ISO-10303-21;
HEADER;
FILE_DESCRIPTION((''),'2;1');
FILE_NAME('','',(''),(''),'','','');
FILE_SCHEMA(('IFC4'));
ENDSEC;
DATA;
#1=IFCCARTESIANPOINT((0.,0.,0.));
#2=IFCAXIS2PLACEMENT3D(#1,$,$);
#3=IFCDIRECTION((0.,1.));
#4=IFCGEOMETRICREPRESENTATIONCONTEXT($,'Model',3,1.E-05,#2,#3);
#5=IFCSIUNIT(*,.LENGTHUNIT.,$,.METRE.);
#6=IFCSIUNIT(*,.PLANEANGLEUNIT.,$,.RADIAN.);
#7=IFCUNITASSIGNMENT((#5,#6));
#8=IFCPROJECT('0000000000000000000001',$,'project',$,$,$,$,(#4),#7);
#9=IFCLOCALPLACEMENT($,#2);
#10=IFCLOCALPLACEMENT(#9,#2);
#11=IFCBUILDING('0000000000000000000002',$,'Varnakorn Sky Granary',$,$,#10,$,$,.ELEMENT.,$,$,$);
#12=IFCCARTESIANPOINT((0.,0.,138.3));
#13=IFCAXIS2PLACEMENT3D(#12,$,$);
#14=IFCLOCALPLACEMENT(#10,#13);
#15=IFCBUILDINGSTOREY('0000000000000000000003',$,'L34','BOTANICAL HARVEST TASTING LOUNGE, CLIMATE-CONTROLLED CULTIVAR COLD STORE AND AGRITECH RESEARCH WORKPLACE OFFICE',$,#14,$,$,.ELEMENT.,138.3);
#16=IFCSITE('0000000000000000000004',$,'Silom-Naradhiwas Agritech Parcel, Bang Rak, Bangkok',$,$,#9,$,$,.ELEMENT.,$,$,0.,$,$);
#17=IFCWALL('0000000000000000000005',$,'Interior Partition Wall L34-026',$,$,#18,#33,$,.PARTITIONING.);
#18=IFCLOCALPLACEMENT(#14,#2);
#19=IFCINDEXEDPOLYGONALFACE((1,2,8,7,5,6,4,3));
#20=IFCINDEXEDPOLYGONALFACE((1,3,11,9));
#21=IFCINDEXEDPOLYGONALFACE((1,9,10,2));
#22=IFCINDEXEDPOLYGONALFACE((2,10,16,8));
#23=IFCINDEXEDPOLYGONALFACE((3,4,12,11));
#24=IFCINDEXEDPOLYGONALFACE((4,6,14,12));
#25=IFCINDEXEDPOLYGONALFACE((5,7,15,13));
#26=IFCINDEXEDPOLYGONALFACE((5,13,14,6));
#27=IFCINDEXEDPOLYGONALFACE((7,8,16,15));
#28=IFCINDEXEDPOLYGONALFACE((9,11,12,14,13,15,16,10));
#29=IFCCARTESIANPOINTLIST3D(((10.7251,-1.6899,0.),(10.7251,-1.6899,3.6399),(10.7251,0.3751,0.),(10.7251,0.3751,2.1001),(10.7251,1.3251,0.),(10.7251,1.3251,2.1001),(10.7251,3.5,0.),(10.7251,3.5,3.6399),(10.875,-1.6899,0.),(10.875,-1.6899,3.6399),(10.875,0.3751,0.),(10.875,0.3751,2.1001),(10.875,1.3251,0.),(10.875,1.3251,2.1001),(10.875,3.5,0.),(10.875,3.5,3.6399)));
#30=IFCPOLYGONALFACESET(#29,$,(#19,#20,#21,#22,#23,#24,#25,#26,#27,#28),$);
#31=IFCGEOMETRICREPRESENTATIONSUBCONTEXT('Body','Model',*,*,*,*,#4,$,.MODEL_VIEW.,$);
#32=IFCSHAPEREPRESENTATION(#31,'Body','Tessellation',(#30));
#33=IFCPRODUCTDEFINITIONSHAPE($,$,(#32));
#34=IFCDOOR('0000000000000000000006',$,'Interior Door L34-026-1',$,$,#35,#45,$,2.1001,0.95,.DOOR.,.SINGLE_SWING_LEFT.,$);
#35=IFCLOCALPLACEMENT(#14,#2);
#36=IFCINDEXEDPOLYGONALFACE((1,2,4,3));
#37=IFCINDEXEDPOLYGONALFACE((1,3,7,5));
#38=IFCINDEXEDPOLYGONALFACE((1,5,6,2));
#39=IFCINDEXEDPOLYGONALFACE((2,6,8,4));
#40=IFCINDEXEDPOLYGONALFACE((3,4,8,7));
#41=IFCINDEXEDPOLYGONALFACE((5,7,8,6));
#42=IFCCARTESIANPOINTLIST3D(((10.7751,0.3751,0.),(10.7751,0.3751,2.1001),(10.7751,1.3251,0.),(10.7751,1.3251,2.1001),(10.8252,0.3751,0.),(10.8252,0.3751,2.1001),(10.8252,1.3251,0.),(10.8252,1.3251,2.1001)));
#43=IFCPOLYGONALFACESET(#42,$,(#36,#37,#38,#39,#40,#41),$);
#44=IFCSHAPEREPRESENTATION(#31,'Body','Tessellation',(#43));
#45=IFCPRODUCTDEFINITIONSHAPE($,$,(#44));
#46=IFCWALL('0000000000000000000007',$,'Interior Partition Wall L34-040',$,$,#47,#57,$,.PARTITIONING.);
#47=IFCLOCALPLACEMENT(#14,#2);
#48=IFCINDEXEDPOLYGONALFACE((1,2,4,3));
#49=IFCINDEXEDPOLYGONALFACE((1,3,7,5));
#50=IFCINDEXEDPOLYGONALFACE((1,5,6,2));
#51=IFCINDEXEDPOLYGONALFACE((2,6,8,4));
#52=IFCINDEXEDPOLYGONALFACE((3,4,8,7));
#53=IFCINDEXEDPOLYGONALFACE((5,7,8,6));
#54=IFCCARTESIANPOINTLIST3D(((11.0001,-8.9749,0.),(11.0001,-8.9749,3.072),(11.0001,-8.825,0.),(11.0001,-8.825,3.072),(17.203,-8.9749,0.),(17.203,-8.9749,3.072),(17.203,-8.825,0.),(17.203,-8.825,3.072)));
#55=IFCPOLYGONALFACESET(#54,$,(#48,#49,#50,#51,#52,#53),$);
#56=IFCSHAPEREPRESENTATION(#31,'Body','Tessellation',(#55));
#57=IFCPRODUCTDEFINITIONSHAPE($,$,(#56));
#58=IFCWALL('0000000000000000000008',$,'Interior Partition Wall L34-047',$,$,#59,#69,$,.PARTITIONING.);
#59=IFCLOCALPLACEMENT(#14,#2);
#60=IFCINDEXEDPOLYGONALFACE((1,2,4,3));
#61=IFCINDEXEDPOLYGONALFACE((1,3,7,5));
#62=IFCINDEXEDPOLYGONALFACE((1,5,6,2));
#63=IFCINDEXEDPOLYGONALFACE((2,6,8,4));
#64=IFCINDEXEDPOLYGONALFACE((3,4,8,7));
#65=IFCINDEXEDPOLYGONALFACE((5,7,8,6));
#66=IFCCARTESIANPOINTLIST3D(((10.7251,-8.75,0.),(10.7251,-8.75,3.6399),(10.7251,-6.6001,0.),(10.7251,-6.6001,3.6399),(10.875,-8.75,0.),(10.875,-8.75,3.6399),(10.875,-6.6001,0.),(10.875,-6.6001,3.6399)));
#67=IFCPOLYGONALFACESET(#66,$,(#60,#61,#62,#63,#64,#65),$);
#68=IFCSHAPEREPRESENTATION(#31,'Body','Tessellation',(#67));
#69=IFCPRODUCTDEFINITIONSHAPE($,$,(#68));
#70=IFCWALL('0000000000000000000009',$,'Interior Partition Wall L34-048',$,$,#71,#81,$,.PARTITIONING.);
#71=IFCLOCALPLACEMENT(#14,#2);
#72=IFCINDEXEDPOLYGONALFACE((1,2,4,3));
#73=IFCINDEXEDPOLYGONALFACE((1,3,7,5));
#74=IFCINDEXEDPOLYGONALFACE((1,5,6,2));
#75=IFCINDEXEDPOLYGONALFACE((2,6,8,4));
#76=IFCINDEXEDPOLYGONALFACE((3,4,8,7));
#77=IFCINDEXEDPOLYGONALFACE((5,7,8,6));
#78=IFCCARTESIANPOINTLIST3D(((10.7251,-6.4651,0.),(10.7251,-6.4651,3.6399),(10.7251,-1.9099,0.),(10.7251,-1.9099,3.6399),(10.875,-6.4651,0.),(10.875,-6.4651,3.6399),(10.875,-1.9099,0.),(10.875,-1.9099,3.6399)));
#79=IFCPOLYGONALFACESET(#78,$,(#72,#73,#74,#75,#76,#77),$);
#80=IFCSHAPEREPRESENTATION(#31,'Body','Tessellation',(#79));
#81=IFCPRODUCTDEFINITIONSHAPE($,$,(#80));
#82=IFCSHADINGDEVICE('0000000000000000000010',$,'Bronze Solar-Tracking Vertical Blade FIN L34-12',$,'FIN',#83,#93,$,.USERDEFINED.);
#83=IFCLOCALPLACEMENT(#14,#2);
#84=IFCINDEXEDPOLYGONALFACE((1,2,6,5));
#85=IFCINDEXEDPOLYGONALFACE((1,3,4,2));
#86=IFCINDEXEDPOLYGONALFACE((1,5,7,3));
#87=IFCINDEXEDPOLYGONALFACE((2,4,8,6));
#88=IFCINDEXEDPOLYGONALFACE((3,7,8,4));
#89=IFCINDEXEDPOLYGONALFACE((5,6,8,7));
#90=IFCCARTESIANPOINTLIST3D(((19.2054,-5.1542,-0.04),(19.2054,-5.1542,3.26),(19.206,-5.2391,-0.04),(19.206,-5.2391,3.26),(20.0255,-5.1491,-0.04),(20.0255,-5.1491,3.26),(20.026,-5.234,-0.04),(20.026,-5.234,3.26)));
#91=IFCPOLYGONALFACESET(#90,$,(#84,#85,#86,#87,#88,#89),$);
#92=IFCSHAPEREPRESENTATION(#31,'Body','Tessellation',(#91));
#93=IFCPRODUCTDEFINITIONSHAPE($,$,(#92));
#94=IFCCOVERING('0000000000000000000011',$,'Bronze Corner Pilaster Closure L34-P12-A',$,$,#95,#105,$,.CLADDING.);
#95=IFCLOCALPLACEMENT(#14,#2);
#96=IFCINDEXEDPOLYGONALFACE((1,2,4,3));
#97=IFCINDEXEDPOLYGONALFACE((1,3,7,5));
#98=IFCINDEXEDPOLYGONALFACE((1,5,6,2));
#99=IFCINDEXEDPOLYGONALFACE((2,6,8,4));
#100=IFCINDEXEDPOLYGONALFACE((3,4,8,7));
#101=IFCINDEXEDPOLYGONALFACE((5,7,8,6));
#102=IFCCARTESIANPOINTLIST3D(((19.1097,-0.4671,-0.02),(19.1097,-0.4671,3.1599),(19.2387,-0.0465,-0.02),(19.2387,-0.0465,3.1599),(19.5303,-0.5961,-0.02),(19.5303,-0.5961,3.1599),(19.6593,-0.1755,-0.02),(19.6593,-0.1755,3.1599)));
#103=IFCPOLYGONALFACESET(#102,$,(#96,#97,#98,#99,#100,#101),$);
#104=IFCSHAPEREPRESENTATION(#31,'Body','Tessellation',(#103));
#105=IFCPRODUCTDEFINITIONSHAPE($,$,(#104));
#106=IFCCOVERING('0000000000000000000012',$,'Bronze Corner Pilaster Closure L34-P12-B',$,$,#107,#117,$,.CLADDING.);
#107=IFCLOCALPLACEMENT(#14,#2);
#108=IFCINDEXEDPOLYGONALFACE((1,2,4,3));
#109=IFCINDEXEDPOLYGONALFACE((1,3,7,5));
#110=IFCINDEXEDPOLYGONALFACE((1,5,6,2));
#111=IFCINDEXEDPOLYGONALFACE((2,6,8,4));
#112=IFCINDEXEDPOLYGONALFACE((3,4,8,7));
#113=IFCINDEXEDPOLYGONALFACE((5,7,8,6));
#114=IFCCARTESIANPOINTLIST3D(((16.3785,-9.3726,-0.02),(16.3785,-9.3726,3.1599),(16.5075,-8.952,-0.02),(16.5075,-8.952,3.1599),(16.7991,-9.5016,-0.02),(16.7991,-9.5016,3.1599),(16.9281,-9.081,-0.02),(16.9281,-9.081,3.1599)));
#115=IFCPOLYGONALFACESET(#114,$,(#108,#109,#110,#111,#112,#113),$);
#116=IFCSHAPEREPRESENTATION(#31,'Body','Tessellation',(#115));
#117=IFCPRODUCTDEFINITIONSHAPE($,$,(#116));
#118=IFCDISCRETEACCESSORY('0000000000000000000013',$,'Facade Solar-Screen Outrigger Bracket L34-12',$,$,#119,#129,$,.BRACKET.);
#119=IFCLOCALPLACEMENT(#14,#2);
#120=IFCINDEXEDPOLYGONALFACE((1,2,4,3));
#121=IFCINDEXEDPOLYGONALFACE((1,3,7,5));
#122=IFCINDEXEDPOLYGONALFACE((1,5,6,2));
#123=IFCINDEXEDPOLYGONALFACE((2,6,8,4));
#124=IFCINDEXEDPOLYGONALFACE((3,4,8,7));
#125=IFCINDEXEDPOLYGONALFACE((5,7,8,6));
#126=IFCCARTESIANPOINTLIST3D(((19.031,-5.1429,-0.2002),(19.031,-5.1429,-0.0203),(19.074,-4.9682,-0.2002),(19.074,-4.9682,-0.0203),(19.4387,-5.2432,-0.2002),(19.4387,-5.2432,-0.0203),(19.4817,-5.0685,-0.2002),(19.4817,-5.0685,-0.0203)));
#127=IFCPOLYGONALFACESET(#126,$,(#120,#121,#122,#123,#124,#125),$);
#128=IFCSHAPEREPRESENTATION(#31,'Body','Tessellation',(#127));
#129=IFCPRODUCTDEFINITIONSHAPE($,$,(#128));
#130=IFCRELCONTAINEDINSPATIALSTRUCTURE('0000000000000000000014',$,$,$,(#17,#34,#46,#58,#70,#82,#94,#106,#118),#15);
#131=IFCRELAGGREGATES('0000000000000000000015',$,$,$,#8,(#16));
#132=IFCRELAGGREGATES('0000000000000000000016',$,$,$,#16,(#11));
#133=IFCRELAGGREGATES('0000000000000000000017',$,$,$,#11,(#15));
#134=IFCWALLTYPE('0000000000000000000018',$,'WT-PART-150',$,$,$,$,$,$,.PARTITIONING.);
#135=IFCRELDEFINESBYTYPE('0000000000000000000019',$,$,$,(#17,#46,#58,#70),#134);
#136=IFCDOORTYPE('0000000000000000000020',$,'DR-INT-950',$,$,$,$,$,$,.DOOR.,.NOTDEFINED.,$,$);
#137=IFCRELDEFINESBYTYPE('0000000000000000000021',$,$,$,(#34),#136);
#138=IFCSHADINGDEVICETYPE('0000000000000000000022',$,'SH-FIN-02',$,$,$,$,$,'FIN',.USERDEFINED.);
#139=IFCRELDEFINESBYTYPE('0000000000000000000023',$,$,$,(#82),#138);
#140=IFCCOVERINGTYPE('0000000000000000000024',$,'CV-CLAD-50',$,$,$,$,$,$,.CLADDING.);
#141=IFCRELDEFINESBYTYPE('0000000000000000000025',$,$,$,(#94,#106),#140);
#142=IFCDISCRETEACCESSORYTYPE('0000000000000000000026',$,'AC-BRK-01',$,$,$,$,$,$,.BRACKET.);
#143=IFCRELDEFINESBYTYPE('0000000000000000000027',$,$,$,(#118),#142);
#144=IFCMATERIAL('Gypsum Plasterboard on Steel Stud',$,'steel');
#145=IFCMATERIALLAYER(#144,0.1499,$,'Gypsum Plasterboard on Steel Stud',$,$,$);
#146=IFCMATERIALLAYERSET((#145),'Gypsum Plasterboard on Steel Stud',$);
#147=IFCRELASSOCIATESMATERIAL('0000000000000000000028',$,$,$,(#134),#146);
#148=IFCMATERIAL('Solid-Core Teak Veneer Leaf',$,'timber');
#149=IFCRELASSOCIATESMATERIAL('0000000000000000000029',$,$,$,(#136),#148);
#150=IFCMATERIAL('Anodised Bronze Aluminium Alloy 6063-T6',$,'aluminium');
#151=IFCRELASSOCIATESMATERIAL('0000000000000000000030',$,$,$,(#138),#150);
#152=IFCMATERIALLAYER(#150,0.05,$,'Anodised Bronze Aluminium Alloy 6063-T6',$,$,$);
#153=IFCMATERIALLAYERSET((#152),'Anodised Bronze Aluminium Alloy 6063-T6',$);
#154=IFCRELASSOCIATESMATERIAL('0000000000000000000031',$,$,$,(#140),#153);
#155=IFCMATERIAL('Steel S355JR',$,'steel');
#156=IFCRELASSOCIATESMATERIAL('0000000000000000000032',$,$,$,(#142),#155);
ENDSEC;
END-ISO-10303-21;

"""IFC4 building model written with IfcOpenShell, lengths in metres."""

from ifc_helpers import new_model, si_unit, direction, frame, frame_2d, origin, origin_2d, place, context, subcontext, project, spatial, rectangle, extrude, source, transform, mapped, material, layer, layer_set, type_object, type_shapes, element, fill, save


model = new_model("IFC4")

# Units and contexts
model_context = context("Model", 3, precision=1e-05, world=origin(), true_north=direction((0.0, 1.0)))
body_context = subcontext(model_context, "Body", "Model", "MODEL_VIEW")
ifc_project = project(units=[si_unit("LENGTHUNIT", "METRE"), si_unit("PLANEANGLEUNIT", "RADIAN")], contexts=[model_context])

# Site, building, storey
site_placement = place(None, origin())
site = spatial("IfcSite", under=ifc_project, at=site_placement, Name="Silom-Naradhiwas Agritech Parcel, Bang Rak, Bangkok", CompositionType="ELEMENT", RefElevation=0.0)
building_placement = place(site_placement, origin())
building = spatial("IfcBuilding", under=site, at=building_placement, Name="Varnakorn Sky Granary", CompositionType="ELEMENT")
storey_placement = place(building_placement, frame((0.0, 0.0, 138.3)))
storey = spatial("IfcBuildingStorey", under=building, at=storey_placement, Name="L34", Description="BOTANICAL HARVEST TASTING LOUNGE, CLIMATE-CONTROLLED CULTIVAR COLD STORE AND AGRITECH RESEARCH WORKPLACE OFFICE", CompositionType="ELEMENT", Elevation=138.3)

# Shared definitions
ifc_material_1 = material(Name="Steel S355JR", Category="steel")

# Shared definitions
ifc_material_2 = material(Name="Anodised Bronze Aluminium Alloy 6063-T6", Category="aluminium")

# Wall, opening, door
ifc_material_3 = material(Name="Gypsum Plasterboard on Steel Stud", Category="steel")
ifc_layer_1 = layer(ifc_material_3, 0.1499, Name="Gypsum Plasterboard on Steel Stud")
ifc_layer_set_1 = layer_set([ifc_layer_1], Name="Gypsum Plasterboard on Steel Stud")
wall_type_1 = type_object("IfcWallType", Name="WT-PART-150", PredefinedType="PARTITIONING", material=ifc_layer_set_1)
wall_1_placement = place(storey_placement, frame((10.8, -1.6899, 0.0), z_axis=(0.0, 0.0, 1.0), x_axis=(0.0, 1.0, 0.0)))
wall_1 = element("IfcWall", 1, at=wall_1_placement, inside=storey, type_object=wall_type_1, Name="Interior Partition Wall L34-026", PredefinedType="PARTITIONING", context=body_context, shape_type="SweptSolid", body=[
    extrude(rectangle(XDim=5.1899, YDim=0.1499, at=frame_2d((2.595, 0.0))), origin(), (0.0, 0.0, 1.0), 3.6399),
])
opening_placement = place(wall_1_placement, frame((2.0649, 0.0, 0.0)))
opening = element("IfcOpeningElement", 2, at=opening_placement, cuts=wall_1, PredefinedType="OPENING", context=body_context, shape_type="SweptSolid", body=[
    extrude(rectangle(XDim=0.95, YDim=2.1001, at=frame_2d((0.4751, 1.05))), frame((0.0, 0.085, 0.0), z_axis=(0.0, -1.0, 0.0), x_axis=(1.0, 0.0, 0.0)), (0.0, 0.0, 1.0), 0.1699),
])
ifc_material_4 = material(Name="Solid-Core Teak Veneer Leaf", Category="timber")
door_type = type_object("IfcDoorType", Name="DR-INT-950", OperationType="NOTDEFINED", PredefinedType="DOOR", material=ifc_material_4)
door_placement = place(opening_placement, origin())
door = element("IfcDoor", 3, at=door_placement, inside=storey, type_object=door_type, Name="Interior Door L34-026-1", OperationType="SINGLE_SWING_LEFT", OverallHeight=2.1001, OverallWidth=0.95, PredefinedType="DOOR", context=body_context, shape_type="SweptSolid", body=[
    extrude(rectangle(XDim=0.95, YDim=2.1001, at=frame_2d((0.4751, 1.05))), frame((0.0, 0.0249, 0.0), z_axis=(0.0, -1.0, 0.0), x_axis=(1.0, 0.0, 0.0)), (0.0, 0.0, 1.0), 0.05),
])
fill(opening, door)

# Walls
wall_2_placement = place(storey_placement, frame((11.0, -8.8999, 0.0), z_axis=(0.0, 0.0, 1.0), x_axis=(1.0, 0.0, 0.0)))
element("IfcWall", 4, at=wall_2_placement, inside=storey, type_object=wall_type_1, Name="Interior Partition Wall L34-040", PredefinedType="PARTITIONING", context=body_context, shape_type="SweptSolid", body=[
    extrude(rectangle(XDim=6.2029, YDim=0.1499, at=frame_2d((3.1016, 0.0))), origin(), (0.0, 0.0, 1.0), 3.072),
])
wall_3_placement = place(storey_placement, frame((10.8, -8.75, 0.0), z_axis=(0.0, 0.0, 1.0), x_axis=(0.0, 1.0, 0.0)))
element("IfcWall", 5, at=wall_3_placement, inside=storey, type_object=wall_type_1, Name="Interior Partition Wall L34-047", PredefinedType="PARTITIONING", context=body_context, shape_type="SweptSolid", body=[
    extrude(rectangle(XDim=2.1499, YDim=0.1499, at=frame_2d((1.075, 0.0))), origin(), (0.0, 0.0, 1.0), 3.6399),
])
wall_4_placement = place(storey_placement, frame((10.8, -6.4651, 0.0), z_axis=(0.0, 0.0, 1.0), x_axis=(0.0, 1.0, 0.0)))
element("IfcWall", 6, at=wall_4_placement, inside=storey, type_object=wall_type_1, Name="Interior Partition Wall L34-048", PredefinedType="PARTITIONING", context=body_context, shape_type="SweptSolid", body=[
    extrude(rectangle(XDim=4.5552, YDim=0.1499, at=frame_2d((2.2776, 0.0))), origin(), (0.0, 0.0, 1.0), 3.6399),
])

# Shading device
shading_device_type = type_object("IfcShadingDeviceType", Name="SH-FIN-02", ElementType="FIN", PredefinedType="USERDEFINED", material=ifc_material_2)
shared_shape_1 = source(origin(), body_context, "Body", "SweptSolid", [
    extrude(rectangle(XDim=0.085, YDim=0.8201, at=origin_2d()), origin(), (0.0, 0.0, 1.0), 3.3),
])
type_shapes(shading_device_type, [shared_shape_1])
shading_device_placement = place(storey_placement, frame((19.6157, -5.1941, -0.04), z_axis=(0.0, 0.0, 1.0), x_axis=(-0.006196, 0.999981, 0.0)))
element("IfcShadingDevice", 7, at=shading_device_placement, inside=storey, type_object=shading_device_type, Name="Bronze Solar-Tracking Vertical Blade FIN L34-12", ObjectType="FIN", PredefinedType="USERDEFINED", context=body_context, shape_type="MappedRepresentation", body=[
    mapped(shared_shape_1, transform((0.0, 0.0, 0.0), x_axis=(1.0, 0.0, 0.0), y_axis=(0.0, 1.0, 0.0), z_axis=(0.0, 0.0, 1.0), scale=1.0)),
])

# Coverings
ifc_layer_2 = layer(ifc_material_2, 0.05, Name="Anodised Bronze Aluminium Alloy 6063-T6")
ifc_layer_set_2 = layer_set([ifc_layer_2], Name="Anodised Bronze Aluminium Alloy 6063-T6")
covering_type = type_object("IfcCoveringType", Name="CV-CLAD-50", PredefinedType="CLADDING", material=ifc_layer_set_2)
shared_shape_2 = source(origin(), body_context, "Body", "SweptSolid", [
    extrude(rectangle(XDim=0.4399, YDim=0.4399, at=origin_2d()), origin(), (0.0, 0.0, 1.0), 3.1799),
])
type_shapes(covering_type, [shared_shape_2])
for number, where, z_axis, x_axis, name in (
    (8, (19.3845, -0.3213, -0.02), (0.0, 0.0, 1.0), (-0.293206, -0.956049, 0.0), "Bronze Corner Pilaster Closure L34-P12-A"),
    (9, (16.6533, -9.2268, -0.02), (0.0, 0.0, 1.0), (-0.293206, -0.956049, 0.0), "Bronze Corner Pilaster Closure L34-P12-B"),
):
    element("IfcCovering", number, at=place(storey_placement, frame(where, z_axis=z_axis, x_axis=x_axis)), inside=storey, type_object=covering_type, Name=name, PredefinedType="CLADDING", context=body_context, shape_type="MappedRepresentation", body=[
        mapped(shared_shape_2, transform((0.0, 0.0, 0.0), x_axis=(1.0, 0.0, 0.0), y_axis=(0.0, 1.0, 0.0), z_axis=(0.0, 0.0, 1.0), scale=1.0)),
    ])

# Discrete accessory
discrete_accessory_type = type_object("IfcDiscreteAccessoryType", Name="AC-BRK-01", PredefinedType="BRACKET", material=ifc_material_1)
shared_shape_3 = source(origin(), body_context, "Body", "SweptSolid", [
    extrude(rectangle(XDim=0.1799, YDim=0.4199, at=origin_2d()), origin(), (0.0, 0.0, 1.0), 0.1799),
])
type_shapes(discrete_accessory_type, [shared_shape_3])
discrete_accessory_placement = place(storey_placement, frame((19.2563, -5.1057, -0.2002), z_axis=(0.0, 0.0, 1.0), x_axis=(0.23886, 0.971054, 0.0)))
element("IfcDiscreteAccessory", 10, at=discrete_accessory_placement, inside=storey, type_object=discrete_accessory_type, Name="Facade Solar-Screen Outrigger Bracket L34-12", PredefinedType="BRACKET", context=body_context, shape_type="MappedRepresentation", body=[
    mapped(shared_shape_3, transform((0.0, 0.0, 0.0), x_axis=(1.0, 0.0, 0.0), y_axis=(0.0, 1.0, 0.0), z_axis=(0.0, 0.0, 1.0), scale=1.0)),
])

save(model, "model.ifc")
